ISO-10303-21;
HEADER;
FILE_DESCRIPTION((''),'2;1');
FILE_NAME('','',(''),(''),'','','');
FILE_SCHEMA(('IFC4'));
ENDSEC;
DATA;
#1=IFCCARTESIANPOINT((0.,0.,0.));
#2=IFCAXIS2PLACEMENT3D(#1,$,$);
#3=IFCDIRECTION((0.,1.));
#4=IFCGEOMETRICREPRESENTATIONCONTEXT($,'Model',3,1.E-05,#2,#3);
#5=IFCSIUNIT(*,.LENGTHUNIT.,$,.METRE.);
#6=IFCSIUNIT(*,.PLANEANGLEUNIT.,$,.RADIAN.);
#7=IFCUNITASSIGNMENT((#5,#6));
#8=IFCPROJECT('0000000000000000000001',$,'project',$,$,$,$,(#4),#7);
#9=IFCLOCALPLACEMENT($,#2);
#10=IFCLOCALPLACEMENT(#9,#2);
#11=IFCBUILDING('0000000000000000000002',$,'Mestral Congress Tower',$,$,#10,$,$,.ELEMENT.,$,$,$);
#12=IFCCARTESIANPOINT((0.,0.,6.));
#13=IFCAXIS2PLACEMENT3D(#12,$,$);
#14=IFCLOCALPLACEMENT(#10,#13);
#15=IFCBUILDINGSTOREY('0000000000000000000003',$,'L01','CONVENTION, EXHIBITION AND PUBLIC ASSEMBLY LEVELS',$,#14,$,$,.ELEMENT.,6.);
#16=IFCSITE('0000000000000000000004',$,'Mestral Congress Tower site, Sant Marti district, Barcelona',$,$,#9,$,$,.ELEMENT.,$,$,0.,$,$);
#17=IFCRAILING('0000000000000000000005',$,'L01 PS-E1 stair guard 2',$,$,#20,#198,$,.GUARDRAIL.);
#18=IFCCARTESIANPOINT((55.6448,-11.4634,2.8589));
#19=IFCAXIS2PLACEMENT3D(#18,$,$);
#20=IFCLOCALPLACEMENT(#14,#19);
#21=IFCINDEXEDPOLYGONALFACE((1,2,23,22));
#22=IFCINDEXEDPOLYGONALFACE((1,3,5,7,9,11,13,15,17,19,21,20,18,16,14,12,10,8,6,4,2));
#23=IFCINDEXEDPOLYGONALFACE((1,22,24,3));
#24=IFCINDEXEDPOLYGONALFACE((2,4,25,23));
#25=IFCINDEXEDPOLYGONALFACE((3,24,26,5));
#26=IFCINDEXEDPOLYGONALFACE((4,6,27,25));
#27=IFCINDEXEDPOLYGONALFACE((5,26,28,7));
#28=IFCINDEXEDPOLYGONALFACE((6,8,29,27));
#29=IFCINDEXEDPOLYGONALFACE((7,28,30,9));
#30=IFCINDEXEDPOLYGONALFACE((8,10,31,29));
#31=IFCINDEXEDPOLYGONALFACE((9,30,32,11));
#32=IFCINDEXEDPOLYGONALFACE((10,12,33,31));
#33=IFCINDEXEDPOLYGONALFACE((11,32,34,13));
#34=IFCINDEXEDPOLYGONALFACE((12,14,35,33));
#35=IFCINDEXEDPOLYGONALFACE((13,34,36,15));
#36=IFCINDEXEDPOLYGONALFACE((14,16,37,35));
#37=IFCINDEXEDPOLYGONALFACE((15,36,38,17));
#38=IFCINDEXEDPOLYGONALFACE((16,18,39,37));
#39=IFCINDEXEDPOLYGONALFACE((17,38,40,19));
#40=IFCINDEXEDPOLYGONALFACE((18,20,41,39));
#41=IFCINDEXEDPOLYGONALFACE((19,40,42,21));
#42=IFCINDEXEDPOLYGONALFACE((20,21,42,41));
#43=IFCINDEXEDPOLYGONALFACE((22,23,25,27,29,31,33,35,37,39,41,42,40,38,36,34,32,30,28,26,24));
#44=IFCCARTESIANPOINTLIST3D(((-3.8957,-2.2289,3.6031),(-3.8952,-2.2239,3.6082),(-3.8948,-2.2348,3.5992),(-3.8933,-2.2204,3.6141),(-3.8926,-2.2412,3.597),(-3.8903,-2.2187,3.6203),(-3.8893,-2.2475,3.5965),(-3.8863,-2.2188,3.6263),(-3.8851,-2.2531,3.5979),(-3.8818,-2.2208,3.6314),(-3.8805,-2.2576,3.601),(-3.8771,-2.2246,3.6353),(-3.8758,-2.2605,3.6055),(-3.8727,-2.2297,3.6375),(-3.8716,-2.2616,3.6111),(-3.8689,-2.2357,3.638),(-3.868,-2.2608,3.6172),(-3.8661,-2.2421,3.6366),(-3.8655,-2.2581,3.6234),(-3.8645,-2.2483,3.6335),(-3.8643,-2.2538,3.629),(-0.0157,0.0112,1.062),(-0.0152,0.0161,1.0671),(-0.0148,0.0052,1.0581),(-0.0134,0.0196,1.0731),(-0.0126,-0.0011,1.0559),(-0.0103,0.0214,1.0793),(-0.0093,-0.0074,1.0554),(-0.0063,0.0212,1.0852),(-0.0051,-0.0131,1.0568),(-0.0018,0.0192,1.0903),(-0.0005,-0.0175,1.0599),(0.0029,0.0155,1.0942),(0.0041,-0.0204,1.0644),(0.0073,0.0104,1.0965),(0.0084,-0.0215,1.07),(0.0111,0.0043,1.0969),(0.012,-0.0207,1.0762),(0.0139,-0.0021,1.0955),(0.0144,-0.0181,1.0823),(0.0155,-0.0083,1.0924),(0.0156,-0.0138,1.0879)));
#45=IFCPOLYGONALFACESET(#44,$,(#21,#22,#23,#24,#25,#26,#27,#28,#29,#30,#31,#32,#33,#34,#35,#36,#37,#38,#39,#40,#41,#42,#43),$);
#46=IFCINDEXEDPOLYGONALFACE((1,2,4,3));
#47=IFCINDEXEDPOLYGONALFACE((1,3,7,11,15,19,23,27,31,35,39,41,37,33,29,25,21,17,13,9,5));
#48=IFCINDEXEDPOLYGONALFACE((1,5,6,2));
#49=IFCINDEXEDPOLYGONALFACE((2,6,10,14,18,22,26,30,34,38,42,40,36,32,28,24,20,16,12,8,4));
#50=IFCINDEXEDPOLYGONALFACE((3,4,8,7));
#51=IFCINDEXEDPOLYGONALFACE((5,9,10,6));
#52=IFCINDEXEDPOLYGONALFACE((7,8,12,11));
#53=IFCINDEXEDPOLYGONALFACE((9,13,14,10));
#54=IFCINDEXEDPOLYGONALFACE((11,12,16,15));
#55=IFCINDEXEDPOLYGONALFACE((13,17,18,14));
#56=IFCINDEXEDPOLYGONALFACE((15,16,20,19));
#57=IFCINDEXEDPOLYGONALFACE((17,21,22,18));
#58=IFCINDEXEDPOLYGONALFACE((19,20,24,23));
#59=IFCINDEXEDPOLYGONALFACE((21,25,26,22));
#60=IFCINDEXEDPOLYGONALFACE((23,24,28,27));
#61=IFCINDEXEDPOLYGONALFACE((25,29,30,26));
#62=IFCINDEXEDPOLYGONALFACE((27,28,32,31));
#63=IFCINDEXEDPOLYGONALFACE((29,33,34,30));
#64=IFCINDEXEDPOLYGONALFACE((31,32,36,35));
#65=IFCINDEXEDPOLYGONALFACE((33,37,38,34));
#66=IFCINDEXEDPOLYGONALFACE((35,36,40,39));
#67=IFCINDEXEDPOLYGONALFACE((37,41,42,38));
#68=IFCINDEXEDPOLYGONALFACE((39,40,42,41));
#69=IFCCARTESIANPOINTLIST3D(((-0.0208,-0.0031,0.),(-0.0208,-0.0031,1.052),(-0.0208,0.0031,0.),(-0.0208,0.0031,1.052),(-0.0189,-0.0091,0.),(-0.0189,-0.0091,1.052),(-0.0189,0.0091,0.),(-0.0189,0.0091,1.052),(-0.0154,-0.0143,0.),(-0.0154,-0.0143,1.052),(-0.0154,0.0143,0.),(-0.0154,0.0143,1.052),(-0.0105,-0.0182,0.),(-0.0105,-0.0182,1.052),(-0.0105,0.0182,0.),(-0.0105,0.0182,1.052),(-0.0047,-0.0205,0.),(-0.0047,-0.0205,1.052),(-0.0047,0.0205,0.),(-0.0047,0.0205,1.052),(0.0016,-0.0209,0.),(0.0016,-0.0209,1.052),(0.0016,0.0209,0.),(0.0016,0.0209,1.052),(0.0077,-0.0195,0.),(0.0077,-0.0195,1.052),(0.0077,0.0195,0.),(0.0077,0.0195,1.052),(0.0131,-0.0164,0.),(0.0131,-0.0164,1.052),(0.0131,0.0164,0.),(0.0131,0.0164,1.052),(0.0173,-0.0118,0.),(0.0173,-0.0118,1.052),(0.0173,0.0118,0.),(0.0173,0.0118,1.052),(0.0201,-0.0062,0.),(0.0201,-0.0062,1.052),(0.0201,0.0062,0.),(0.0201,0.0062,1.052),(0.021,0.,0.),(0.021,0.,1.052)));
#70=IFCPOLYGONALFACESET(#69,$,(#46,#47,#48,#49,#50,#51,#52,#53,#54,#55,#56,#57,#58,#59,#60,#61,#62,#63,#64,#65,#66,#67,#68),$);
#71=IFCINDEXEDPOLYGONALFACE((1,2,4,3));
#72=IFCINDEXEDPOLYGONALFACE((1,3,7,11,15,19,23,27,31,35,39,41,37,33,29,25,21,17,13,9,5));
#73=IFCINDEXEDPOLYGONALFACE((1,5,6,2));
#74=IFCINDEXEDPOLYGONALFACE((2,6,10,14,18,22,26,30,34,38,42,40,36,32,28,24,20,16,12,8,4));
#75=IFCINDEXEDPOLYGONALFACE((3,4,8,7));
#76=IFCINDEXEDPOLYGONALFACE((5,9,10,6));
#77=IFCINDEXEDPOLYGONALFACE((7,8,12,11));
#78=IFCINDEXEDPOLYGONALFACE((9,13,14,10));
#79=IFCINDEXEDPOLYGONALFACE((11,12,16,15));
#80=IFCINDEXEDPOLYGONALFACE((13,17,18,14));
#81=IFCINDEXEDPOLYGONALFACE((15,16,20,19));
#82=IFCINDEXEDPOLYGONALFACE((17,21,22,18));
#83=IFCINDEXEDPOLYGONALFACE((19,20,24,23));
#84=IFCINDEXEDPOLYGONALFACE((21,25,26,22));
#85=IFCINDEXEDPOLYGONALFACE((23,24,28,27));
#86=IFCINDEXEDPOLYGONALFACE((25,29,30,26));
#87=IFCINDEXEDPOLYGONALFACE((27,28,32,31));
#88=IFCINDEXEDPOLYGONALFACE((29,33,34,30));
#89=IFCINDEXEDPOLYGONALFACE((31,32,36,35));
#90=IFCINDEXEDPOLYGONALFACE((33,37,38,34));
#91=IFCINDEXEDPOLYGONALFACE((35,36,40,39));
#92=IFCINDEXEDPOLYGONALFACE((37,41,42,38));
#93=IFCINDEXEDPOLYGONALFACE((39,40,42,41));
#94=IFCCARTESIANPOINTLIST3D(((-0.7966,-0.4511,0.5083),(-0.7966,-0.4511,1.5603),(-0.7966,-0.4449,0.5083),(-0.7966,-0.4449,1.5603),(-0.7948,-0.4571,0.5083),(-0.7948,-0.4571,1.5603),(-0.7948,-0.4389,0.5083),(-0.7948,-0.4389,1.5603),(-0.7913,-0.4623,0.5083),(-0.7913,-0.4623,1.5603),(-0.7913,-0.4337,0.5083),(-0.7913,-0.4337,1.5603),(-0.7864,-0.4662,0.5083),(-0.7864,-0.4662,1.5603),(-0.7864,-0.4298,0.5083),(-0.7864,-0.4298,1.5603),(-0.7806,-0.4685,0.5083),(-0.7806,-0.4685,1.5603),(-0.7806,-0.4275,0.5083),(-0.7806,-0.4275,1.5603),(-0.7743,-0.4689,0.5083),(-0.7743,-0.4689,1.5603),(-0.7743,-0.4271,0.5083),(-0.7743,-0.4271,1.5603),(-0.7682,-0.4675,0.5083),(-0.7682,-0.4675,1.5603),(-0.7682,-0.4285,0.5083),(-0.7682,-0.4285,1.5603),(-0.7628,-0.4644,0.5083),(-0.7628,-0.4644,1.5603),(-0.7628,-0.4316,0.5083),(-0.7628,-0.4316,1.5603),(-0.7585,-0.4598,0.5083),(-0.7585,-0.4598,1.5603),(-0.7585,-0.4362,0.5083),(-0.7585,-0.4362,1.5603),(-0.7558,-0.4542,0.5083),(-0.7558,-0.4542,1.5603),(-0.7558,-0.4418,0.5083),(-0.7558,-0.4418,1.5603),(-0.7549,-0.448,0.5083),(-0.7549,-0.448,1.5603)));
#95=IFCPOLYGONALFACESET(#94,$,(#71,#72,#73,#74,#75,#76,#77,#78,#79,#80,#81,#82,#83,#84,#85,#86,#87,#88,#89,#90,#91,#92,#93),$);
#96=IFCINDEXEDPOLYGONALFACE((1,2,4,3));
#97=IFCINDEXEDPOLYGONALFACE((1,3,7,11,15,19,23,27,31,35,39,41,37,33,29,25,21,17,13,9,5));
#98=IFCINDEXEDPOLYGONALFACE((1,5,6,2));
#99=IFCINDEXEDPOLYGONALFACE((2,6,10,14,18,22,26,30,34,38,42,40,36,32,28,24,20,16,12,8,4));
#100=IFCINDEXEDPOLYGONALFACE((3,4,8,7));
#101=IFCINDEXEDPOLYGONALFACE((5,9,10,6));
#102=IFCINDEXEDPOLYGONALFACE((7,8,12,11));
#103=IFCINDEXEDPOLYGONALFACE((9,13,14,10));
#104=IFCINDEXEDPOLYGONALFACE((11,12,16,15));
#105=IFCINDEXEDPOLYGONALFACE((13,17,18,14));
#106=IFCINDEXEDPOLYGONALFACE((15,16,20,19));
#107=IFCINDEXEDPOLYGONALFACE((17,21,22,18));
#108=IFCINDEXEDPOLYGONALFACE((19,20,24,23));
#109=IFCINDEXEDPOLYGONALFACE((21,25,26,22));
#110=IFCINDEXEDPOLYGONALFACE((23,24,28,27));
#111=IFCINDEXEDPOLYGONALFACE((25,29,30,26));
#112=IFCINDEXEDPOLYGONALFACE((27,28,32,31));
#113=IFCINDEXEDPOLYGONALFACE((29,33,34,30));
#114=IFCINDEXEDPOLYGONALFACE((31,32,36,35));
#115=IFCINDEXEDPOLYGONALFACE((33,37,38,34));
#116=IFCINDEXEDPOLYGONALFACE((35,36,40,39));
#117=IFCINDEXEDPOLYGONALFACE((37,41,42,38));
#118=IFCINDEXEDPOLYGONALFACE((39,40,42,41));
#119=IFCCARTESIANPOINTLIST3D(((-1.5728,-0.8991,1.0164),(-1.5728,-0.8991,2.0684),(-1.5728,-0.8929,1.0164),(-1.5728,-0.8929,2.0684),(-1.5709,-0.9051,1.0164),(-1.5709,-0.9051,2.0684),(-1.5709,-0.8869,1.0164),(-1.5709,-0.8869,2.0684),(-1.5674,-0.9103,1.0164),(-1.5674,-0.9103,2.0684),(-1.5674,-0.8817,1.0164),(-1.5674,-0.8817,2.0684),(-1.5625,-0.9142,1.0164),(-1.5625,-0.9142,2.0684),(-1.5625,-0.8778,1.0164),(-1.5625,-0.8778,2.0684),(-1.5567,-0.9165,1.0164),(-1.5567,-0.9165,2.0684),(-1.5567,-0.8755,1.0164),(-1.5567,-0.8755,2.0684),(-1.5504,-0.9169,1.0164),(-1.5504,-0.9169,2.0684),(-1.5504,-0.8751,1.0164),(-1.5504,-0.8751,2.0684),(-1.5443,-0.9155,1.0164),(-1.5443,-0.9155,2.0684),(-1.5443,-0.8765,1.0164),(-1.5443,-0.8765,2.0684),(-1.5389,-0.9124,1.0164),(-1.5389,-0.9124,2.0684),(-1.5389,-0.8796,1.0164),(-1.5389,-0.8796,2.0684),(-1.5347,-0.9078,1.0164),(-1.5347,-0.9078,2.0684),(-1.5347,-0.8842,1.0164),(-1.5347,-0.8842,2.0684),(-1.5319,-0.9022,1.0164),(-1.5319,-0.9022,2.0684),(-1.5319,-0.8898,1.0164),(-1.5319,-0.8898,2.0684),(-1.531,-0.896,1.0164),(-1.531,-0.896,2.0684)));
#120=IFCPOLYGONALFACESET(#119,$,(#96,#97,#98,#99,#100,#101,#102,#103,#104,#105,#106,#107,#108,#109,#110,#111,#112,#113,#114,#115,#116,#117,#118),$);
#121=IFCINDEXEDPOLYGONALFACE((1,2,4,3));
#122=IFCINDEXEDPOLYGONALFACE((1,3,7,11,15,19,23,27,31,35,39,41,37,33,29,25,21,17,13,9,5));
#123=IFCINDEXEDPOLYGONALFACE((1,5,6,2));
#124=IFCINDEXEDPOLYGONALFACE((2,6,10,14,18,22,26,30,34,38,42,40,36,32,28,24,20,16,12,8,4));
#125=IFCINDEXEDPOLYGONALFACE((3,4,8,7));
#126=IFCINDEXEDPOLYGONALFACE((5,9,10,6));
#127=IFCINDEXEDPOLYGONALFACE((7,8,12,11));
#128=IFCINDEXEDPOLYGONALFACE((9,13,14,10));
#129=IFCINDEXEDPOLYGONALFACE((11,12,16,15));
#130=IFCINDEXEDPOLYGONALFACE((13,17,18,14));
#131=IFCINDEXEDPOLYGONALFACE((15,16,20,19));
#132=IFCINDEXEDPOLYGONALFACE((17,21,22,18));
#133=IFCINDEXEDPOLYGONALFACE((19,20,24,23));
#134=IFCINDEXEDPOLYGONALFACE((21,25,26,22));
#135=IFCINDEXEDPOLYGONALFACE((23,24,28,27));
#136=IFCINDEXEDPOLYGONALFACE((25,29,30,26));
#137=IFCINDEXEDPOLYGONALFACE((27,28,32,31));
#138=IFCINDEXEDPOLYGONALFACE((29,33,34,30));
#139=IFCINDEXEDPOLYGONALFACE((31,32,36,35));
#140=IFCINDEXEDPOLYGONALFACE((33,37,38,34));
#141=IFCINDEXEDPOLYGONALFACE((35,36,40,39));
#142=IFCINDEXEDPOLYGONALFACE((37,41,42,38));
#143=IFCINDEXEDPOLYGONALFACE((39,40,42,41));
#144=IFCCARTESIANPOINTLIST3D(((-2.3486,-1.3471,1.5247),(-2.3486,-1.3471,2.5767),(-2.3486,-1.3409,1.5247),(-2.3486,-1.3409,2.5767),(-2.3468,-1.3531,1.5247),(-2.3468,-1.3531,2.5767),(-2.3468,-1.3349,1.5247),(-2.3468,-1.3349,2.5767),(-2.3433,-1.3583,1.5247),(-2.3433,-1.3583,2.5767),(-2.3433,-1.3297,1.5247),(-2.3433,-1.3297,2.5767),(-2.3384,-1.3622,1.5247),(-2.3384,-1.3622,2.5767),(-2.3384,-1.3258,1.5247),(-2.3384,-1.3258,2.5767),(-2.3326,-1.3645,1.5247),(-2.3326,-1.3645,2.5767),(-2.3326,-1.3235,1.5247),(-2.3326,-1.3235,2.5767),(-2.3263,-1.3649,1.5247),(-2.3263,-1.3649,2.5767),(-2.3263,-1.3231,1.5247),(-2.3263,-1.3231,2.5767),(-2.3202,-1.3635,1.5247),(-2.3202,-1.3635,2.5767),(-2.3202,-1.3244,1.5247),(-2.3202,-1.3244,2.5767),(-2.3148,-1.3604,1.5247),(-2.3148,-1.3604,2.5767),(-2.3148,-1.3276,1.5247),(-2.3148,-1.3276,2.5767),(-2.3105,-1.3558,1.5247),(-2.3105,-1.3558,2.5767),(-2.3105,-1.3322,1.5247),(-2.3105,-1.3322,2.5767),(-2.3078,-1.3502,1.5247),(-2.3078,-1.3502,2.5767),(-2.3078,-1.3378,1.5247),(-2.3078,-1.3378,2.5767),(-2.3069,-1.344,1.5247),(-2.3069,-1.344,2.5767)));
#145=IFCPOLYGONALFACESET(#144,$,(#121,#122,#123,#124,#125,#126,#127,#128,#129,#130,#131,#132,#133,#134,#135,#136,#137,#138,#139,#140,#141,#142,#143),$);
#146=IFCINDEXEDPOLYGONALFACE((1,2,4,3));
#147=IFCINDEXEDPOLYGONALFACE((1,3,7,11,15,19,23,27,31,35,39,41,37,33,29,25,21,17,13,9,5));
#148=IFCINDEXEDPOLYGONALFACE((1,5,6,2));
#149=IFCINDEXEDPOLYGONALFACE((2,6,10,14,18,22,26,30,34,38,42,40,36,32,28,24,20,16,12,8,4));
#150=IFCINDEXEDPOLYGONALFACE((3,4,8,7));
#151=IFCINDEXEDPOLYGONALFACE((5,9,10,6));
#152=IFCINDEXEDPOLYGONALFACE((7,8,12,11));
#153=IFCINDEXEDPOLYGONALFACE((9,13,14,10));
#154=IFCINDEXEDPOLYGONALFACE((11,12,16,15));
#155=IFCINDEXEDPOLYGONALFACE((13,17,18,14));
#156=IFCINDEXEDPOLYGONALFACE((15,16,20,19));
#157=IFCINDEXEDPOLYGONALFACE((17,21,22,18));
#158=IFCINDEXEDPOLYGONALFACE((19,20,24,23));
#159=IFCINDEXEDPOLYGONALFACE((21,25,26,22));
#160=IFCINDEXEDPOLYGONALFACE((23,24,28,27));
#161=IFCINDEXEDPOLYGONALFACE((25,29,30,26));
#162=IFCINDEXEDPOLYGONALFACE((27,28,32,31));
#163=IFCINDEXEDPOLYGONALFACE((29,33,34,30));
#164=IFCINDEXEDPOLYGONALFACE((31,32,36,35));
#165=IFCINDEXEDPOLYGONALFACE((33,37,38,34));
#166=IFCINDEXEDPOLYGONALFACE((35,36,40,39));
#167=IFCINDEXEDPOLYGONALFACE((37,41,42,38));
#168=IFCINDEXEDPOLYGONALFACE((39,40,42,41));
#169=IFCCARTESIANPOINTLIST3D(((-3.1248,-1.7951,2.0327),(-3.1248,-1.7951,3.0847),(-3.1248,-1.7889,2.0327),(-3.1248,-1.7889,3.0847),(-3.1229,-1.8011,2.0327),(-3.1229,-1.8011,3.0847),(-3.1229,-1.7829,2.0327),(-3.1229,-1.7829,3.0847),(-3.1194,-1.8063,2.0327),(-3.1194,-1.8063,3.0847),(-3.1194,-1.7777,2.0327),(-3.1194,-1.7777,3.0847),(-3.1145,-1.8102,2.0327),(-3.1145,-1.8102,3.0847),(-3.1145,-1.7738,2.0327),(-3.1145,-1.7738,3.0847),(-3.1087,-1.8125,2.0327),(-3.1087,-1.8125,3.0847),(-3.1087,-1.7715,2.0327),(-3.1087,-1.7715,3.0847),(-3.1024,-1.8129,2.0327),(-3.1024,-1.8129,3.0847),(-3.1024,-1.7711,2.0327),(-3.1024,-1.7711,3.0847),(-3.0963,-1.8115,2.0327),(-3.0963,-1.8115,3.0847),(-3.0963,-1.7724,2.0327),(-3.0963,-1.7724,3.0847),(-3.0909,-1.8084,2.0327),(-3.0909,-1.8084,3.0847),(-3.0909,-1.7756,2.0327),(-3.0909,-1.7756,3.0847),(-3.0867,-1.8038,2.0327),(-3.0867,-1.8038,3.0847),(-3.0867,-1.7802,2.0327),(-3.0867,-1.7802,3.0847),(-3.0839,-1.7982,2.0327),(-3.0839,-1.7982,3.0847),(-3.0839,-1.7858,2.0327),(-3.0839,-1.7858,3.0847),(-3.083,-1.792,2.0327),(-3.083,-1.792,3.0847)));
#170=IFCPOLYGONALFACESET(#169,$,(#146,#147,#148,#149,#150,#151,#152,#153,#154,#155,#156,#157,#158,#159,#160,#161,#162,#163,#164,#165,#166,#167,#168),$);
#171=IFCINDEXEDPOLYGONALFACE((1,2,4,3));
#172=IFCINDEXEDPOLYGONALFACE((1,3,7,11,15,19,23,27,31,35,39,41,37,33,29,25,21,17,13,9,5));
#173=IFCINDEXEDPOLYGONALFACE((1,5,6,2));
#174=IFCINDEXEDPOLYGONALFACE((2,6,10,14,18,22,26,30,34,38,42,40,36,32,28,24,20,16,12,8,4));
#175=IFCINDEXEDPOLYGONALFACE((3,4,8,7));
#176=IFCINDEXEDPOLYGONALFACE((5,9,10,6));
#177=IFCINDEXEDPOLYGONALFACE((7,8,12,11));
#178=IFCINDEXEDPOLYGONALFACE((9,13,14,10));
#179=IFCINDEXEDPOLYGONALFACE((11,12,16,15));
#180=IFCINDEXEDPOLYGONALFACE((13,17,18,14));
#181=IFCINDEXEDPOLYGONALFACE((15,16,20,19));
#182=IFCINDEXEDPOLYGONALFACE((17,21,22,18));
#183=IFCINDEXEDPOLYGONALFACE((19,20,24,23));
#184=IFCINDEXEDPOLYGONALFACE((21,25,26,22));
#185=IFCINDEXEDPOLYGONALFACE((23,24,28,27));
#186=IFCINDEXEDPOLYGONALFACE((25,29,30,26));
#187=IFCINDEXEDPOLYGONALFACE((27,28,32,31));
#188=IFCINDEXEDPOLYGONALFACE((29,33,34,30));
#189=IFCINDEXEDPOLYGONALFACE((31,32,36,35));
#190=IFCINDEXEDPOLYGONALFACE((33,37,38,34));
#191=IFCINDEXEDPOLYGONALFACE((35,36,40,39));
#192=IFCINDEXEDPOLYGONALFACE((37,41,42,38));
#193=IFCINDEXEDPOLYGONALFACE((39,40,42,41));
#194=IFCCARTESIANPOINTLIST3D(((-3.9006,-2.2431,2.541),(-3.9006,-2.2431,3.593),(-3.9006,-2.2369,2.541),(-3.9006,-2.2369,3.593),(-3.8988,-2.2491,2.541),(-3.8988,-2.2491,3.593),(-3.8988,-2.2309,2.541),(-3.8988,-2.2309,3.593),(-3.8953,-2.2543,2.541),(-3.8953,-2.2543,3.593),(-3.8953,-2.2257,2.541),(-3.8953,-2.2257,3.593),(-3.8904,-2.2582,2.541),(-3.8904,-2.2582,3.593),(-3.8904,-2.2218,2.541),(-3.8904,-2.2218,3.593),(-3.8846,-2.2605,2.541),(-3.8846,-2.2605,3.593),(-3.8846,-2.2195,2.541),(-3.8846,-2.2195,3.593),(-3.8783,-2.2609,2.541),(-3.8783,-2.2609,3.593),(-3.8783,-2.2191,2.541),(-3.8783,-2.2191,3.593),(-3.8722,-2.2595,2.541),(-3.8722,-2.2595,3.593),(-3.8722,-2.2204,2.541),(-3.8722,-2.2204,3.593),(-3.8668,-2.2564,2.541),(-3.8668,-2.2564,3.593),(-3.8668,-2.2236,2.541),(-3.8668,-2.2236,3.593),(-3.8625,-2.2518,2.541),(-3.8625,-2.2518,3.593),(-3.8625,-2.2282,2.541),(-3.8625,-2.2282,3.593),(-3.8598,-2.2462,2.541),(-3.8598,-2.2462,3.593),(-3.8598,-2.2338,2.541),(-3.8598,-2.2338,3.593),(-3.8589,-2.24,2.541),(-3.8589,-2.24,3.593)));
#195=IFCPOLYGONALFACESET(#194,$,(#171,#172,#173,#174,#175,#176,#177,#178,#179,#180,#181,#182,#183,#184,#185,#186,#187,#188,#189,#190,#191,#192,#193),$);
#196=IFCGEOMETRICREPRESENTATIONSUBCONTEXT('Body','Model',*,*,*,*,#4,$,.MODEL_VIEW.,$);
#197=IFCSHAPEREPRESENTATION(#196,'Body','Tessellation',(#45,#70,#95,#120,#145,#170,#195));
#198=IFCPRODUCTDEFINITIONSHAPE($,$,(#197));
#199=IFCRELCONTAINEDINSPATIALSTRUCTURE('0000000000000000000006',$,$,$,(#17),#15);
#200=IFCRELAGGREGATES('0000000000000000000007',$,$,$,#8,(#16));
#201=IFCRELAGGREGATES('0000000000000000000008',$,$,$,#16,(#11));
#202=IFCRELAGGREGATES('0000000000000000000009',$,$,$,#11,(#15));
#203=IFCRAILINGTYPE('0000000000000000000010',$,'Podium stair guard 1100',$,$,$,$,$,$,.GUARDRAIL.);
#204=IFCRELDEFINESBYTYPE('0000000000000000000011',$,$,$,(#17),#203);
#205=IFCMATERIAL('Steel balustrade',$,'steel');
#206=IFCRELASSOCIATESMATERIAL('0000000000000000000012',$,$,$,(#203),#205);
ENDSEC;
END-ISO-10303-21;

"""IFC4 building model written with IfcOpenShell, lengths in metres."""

from ifc_helpers import new_model, si_unit, direction, frame, origin, origin_2d, place, context, subcontext, project, spatial, circle, extrude, material, type_object, element, save


model = new_model("IFC4")

# Units and contexts
model_context = context("Model", 3, precision=1e-05, world=origin(), true_north=direction((0.0, 1.0)))
body_context = subcontext(model_context, "Body", "Model", "MODEL_VIEW")
ifc_project = project(units=[si_unit("LENGTHUNIT", "METRE"), si_unit("PLANEANGLEUNIT", "RADIAN")], contexts=[model_context])

# Site, building, storey
site_placement = place(None, origin())
site = spatial("IfcSite", under=ifc_project, at=site_placement, Name="Mestral Congress Tower site, Sant Marti district, Barcelona", CompositionType="ELEMENT", RefElevation=0.0)
building_placement = place(site_placement, origin())
building = spatial("IfcBuilding", under=site, at=building_placement, Name="Mestral Congress Tower", CompositionType="ELEMENT")
storey_placement = place(building_placement, frame((0.0, 0.0, 6.0)))
storey = spatial("IfcBuildingStorey", under=building, at=storey_placement, Name="L01", Description="CONVENTION, EXHIBITION AND PUBLIC ASSEMBLY LEVELS", CompositionType="ELEMENT", Elevation=6.0)

# Railing
ifc_material_1 = material(Name="Steel balustrade", Category="steel")
railing_type_1 = type_object("IfcRailingType", Name="Podium stair guard 1100", PredefinedType="GUARDRAIL", material=ifc_material_1)
railing_1_placement = place(storey_placement, frame((55.6448, -11.4634, 2.8589)))
element("IfcRailing", 1, at=railing_1_placement, inside=storey, type_object=railing_type_1, Name="L01 PS-E1 stair guard 2", PredefinedType="GUARDRAIL", context=body_context, shape_type="SweptSolid", body=[
    extrude(circle(Radius=0.0239, at=origin_2d()), frame((0.0, 0.0, 1.0762), z_axis=(-0.7533, -0.434906, 0.493352), x_axis=(0.49999, -0.866031, 0.0)), (0.0, 0.0, 1.0), 5.1506),
    extrude(circle(Radius=0.021, at=origin_2d()), origin(), (0.0, 0.0, 1.0), 1.052),
    extrude(circle(Radius=0.021, at=origin_2d()), frame((-0.7759, -0.448, 0.5083)), (0.0, 0.0, 1.0), 1.052),
    extrude(circle(Radius=0.021, at=origin_2d()), frame((-1.552, -0.896, 1.0164)), (0.0, 0.0, 1.0), 1.052),
    extrude(circle(Radius=0.021, at=origin_2d()), frame((-2.3279, -1.344, 1.5247)), (0.0, 0.0, 1.0), 1.052),
    extrude(circle(Radius=0.021, at=origin_2d()), frame((-3.104, -1.792, 2.0327)), (0.0, 0.0, 1.0), 1.052),
    extrude(circle(Radius=0.021, at=origin_2d()), frame((-3.8799, -2.24, 2.541)), (0.0, 0.0, 1.0), 1.052),
])

save(model, "model.ifc")
